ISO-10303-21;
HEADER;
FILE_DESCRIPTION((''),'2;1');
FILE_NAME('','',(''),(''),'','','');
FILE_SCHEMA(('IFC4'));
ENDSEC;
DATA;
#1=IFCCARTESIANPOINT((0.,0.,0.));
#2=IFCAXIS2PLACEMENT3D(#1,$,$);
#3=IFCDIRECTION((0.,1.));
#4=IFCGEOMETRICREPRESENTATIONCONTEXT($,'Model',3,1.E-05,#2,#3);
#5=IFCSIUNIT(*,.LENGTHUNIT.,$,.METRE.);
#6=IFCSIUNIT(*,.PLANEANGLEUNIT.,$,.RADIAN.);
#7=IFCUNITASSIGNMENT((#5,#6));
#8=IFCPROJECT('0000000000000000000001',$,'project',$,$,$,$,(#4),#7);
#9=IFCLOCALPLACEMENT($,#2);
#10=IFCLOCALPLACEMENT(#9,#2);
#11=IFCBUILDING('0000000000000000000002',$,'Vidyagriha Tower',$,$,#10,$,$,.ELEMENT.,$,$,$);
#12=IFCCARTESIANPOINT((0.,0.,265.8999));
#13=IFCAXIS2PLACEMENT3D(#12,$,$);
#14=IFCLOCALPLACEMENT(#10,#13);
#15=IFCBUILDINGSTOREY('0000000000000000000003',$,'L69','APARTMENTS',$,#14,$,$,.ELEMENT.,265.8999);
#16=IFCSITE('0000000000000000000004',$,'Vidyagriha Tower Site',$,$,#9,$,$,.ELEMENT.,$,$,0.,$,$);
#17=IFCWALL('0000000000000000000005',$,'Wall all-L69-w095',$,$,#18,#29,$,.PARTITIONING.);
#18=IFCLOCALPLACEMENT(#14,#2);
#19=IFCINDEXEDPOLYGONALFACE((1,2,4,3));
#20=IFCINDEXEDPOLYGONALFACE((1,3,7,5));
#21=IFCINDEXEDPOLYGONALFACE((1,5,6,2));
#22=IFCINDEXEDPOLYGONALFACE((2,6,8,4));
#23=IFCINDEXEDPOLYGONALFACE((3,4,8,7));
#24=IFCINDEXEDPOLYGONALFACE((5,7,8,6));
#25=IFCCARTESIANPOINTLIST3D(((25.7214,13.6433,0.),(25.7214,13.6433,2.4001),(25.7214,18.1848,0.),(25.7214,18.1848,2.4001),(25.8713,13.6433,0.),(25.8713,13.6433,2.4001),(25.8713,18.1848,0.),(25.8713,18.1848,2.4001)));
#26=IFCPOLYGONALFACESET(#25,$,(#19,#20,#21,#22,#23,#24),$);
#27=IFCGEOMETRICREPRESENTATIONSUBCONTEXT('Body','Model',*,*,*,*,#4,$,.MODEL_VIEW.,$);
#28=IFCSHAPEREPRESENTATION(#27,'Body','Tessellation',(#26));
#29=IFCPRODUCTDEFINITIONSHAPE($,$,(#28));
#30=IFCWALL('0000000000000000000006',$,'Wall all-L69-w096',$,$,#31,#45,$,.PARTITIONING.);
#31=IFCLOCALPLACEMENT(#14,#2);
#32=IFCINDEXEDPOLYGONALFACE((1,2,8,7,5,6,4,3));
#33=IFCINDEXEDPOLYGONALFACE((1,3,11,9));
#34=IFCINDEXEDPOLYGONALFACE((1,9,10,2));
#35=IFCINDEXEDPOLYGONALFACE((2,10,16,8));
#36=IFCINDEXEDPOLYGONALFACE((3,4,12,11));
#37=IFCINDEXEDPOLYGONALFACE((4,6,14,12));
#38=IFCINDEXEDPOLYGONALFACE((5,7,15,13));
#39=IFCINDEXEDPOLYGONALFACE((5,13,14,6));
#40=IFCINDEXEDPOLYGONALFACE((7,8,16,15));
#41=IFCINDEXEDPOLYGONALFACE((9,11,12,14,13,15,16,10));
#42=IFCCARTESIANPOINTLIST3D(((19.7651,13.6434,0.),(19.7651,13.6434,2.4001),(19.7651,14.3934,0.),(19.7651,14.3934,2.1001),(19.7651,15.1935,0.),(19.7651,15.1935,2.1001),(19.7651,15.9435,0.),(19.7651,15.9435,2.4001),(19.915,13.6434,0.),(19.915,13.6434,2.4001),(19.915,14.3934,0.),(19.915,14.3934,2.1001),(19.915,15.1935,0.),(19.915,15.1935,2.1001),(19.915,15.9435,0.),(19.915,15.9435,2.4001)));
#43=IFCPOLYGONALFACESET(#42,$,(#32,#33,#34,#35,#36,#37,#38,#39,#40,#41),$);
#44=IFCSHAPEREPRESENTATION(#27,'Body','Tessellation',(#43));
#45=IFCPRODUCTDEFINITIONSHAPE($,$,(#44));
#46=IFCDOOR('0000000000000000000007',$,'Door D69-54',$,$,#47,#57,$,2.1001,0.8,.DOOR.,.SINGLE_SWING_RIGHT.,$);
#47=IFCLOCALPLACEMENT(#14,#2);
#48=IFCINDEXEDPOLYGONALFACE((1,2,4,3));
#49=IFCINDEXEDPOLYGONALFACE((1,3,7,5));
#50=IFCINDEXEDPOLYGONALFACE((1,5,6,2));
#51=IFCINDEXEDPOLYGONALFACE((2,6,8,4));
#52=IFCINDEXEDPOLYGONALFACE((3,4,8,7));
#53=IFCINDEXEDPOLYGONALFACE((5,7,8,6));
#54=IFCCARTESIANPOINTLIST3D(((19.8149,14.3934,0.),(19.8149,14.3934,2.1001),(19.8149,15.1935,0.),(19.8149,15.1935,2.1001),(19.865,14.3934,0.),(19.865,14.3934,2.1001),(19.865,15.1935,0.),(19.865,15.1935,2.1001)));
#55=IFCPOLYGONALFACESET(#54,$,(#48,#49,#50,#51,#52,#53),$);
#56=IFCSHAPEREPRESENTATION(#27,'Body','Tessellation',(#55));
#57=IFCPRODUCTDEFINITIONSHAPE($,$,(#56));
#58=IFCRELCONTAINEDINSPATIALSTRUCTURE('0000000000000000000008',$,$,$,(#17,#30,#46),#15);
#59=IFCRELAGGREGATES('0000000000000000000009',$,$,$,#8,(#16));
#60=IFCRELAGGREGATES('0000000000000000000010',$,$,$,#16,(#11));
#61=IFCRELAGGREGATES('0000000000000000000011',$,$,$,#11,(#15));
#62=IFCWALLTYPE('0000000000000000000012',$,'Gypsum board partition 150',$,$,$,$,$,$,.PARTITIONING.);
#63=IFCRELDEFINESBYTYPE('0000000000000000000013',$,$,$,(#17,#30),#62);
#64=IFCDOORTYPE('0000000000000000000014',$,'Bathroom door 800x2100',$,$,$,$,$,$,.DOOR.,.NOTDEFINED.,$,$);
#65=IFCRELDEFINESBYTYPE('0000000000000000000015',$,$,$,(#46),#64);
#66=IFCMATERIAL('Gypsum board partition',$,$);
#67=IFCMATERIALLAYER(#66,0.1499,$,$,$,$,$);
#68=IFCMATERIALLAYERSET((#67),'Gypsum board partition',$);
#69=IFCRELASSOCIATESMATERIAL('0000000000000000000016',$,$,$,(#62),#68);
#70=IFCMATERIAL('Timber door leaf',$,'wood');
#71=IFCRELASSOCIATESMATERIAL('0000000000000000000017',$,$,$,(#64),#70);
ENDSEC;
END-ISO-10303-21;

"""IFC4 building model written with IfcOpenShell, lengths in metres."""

from ifc_helpers import new_model, si_unit, direction, frame, frame_2d, origin, place, context, subcontext, project, spatial, rectangle, extrude, material, layer, layer_set, type_object, element, fill, save


model = new_model("IFC4")

# Units and contexts
model_context = context("Model", 3, precision=1e-05, world=origin(), true_north=direction((0.0, 1.0)))
body_context = subcontext(model_context, "Body", "Model", "MODEL_VIEW")
ifc_project = project(units=[si_unit("LENGTHUNIT", "METRE"), si_unit("PLANEANGLEUNIT", "RADIAN")], contexts=[model_context])

# Site, building, storey
site_placement = place(None, origin())
site = spatial("IfcSite", under=ifc_project, at=site_placement, Name="Vidyagriha Tower Site", CompositionType="ELEMENT", RefElevation=0.0)
building_placement = place(site_placement, origin())
building = spatial("IfcBuilding", under=site, at=building_placement, Name="Vidyagriha Tower", CompositionType="ELEMENT")
storey_placement = place(building_placement, frame((0.0, 0.0, 265.8999)))
storey = spatial("IfcBuildingStorey", under=building, at=storey_placement, Name="L69", Description="APARTMENTS", CompositionType="ELEMENT", Elevation=265.8999)

# Wall
ifc_material_1 = material(Name="Gypsum board partition")
ifc_layer_1 = layer(ifc_material_1, 0.1499)
ifc_layer_set_1 = layer_set([ifc_layer_1], Name="Gypsum board partition")
wall_type_1 = type_object("IfcWallType", Name="Gypsum board partition 150", PredefinedType="PARTITIONING", material=ifc_layer_set_1)
wall_1_placement = place(storey_placement, frame((25.7964, 18.1848, 0.0), z_axis=(0.0, 0.0, 1.0), x_axis=(0.0, -1.0, 0.0)))
element("IfcWall", 1, at=wall_1_placement, inside=storey, type_object=wall_type_1, Name="Wall all-L69-w095", PredefinedType="PARTITIONING", context=body_context, shape_type="SweptSolid", body=[
    extrude(rectangle(XDim=4.5415, YDim=0.1499, at=frame_2d((2.2708, 0.0))), origin(), (0.0, 0.0, 1.0), 2.4001),
])

# Wall, opening, door
wall_2_placement = place(storey_placement, frame((19.8401, 15.9434, 0.0), z_axis=(0.0, 0.0, 1.0), x_axis=(0.0, -1.0, 0.0)))
wall_2 = element("IfcWall", 2, at=wall_2_placement, inside=storey, type_object=wall_type_1, Name="Wall all-L69-w096", PredefinedType="PARTITIONING", context=body_context, shape_type="SweptSolid", body=[
    extrude(rectangle(XDim=2.3, YDim=0.1499, at=frame_2d((1.1499, 0.0))), origin(), (0.0, 0.0, 1.0), 2.4001),
])
opening_1_placement = place(wall_2_placement, frame((0.75, 0.0, 0.0)))
opening_1 = element("IfcOpeningElement", 3, at=opening_1_placement, cuts=wall_2, PredefinedType="OPENING", context=body_context, shape_type="SweptSolid", body=[
    extrude(rectangle(XDim=0.8, YDim=2.1001, at=frame_2d((0.3999, 1.05))), frame((0.0, 0.085, 0.0), z_axis=(0.0, -1.0, 0.0), x_axis=(1.0, 0.0, 0.0)), (0.0, 0.0, 1.0), 0.1699),
])
ifc_material_2 = material(Name="Timber door leaf", Category="wood")
door_type = type_object("IfcDoorType", Name="Bathroom door 800x2100", OperationType="NOTDEFINED", PredefinedType="DOOR", material=ifc_material_2)
door_placement = place(opening_1_placement, origin())
door = element("IfcDoor", 4, at=door_placement, inside=storey, type_object=door_type, Name="Door D69-54", OperationType="SINGLE_SWING_RIGHT", OverallHeight=2.1001, OverallWidth=0.8, PredefinedType="DOOR", context=body_context, shape_type="SweptSolid", body=[
    extrude(rectangle(XDim=0.8, YDim=2.1001, at=frame_2d((0.3999, 1.05))), frame((0.0, 0.0249, 0.0), z_axis=(0.0, -1.0, 0.0), x_axis=(1.0, 0.0, 0.0)), (0.0, 0.0, 1.0), 0.05),
])
fill(opening_1, door)

save(model, "model.ifc")
